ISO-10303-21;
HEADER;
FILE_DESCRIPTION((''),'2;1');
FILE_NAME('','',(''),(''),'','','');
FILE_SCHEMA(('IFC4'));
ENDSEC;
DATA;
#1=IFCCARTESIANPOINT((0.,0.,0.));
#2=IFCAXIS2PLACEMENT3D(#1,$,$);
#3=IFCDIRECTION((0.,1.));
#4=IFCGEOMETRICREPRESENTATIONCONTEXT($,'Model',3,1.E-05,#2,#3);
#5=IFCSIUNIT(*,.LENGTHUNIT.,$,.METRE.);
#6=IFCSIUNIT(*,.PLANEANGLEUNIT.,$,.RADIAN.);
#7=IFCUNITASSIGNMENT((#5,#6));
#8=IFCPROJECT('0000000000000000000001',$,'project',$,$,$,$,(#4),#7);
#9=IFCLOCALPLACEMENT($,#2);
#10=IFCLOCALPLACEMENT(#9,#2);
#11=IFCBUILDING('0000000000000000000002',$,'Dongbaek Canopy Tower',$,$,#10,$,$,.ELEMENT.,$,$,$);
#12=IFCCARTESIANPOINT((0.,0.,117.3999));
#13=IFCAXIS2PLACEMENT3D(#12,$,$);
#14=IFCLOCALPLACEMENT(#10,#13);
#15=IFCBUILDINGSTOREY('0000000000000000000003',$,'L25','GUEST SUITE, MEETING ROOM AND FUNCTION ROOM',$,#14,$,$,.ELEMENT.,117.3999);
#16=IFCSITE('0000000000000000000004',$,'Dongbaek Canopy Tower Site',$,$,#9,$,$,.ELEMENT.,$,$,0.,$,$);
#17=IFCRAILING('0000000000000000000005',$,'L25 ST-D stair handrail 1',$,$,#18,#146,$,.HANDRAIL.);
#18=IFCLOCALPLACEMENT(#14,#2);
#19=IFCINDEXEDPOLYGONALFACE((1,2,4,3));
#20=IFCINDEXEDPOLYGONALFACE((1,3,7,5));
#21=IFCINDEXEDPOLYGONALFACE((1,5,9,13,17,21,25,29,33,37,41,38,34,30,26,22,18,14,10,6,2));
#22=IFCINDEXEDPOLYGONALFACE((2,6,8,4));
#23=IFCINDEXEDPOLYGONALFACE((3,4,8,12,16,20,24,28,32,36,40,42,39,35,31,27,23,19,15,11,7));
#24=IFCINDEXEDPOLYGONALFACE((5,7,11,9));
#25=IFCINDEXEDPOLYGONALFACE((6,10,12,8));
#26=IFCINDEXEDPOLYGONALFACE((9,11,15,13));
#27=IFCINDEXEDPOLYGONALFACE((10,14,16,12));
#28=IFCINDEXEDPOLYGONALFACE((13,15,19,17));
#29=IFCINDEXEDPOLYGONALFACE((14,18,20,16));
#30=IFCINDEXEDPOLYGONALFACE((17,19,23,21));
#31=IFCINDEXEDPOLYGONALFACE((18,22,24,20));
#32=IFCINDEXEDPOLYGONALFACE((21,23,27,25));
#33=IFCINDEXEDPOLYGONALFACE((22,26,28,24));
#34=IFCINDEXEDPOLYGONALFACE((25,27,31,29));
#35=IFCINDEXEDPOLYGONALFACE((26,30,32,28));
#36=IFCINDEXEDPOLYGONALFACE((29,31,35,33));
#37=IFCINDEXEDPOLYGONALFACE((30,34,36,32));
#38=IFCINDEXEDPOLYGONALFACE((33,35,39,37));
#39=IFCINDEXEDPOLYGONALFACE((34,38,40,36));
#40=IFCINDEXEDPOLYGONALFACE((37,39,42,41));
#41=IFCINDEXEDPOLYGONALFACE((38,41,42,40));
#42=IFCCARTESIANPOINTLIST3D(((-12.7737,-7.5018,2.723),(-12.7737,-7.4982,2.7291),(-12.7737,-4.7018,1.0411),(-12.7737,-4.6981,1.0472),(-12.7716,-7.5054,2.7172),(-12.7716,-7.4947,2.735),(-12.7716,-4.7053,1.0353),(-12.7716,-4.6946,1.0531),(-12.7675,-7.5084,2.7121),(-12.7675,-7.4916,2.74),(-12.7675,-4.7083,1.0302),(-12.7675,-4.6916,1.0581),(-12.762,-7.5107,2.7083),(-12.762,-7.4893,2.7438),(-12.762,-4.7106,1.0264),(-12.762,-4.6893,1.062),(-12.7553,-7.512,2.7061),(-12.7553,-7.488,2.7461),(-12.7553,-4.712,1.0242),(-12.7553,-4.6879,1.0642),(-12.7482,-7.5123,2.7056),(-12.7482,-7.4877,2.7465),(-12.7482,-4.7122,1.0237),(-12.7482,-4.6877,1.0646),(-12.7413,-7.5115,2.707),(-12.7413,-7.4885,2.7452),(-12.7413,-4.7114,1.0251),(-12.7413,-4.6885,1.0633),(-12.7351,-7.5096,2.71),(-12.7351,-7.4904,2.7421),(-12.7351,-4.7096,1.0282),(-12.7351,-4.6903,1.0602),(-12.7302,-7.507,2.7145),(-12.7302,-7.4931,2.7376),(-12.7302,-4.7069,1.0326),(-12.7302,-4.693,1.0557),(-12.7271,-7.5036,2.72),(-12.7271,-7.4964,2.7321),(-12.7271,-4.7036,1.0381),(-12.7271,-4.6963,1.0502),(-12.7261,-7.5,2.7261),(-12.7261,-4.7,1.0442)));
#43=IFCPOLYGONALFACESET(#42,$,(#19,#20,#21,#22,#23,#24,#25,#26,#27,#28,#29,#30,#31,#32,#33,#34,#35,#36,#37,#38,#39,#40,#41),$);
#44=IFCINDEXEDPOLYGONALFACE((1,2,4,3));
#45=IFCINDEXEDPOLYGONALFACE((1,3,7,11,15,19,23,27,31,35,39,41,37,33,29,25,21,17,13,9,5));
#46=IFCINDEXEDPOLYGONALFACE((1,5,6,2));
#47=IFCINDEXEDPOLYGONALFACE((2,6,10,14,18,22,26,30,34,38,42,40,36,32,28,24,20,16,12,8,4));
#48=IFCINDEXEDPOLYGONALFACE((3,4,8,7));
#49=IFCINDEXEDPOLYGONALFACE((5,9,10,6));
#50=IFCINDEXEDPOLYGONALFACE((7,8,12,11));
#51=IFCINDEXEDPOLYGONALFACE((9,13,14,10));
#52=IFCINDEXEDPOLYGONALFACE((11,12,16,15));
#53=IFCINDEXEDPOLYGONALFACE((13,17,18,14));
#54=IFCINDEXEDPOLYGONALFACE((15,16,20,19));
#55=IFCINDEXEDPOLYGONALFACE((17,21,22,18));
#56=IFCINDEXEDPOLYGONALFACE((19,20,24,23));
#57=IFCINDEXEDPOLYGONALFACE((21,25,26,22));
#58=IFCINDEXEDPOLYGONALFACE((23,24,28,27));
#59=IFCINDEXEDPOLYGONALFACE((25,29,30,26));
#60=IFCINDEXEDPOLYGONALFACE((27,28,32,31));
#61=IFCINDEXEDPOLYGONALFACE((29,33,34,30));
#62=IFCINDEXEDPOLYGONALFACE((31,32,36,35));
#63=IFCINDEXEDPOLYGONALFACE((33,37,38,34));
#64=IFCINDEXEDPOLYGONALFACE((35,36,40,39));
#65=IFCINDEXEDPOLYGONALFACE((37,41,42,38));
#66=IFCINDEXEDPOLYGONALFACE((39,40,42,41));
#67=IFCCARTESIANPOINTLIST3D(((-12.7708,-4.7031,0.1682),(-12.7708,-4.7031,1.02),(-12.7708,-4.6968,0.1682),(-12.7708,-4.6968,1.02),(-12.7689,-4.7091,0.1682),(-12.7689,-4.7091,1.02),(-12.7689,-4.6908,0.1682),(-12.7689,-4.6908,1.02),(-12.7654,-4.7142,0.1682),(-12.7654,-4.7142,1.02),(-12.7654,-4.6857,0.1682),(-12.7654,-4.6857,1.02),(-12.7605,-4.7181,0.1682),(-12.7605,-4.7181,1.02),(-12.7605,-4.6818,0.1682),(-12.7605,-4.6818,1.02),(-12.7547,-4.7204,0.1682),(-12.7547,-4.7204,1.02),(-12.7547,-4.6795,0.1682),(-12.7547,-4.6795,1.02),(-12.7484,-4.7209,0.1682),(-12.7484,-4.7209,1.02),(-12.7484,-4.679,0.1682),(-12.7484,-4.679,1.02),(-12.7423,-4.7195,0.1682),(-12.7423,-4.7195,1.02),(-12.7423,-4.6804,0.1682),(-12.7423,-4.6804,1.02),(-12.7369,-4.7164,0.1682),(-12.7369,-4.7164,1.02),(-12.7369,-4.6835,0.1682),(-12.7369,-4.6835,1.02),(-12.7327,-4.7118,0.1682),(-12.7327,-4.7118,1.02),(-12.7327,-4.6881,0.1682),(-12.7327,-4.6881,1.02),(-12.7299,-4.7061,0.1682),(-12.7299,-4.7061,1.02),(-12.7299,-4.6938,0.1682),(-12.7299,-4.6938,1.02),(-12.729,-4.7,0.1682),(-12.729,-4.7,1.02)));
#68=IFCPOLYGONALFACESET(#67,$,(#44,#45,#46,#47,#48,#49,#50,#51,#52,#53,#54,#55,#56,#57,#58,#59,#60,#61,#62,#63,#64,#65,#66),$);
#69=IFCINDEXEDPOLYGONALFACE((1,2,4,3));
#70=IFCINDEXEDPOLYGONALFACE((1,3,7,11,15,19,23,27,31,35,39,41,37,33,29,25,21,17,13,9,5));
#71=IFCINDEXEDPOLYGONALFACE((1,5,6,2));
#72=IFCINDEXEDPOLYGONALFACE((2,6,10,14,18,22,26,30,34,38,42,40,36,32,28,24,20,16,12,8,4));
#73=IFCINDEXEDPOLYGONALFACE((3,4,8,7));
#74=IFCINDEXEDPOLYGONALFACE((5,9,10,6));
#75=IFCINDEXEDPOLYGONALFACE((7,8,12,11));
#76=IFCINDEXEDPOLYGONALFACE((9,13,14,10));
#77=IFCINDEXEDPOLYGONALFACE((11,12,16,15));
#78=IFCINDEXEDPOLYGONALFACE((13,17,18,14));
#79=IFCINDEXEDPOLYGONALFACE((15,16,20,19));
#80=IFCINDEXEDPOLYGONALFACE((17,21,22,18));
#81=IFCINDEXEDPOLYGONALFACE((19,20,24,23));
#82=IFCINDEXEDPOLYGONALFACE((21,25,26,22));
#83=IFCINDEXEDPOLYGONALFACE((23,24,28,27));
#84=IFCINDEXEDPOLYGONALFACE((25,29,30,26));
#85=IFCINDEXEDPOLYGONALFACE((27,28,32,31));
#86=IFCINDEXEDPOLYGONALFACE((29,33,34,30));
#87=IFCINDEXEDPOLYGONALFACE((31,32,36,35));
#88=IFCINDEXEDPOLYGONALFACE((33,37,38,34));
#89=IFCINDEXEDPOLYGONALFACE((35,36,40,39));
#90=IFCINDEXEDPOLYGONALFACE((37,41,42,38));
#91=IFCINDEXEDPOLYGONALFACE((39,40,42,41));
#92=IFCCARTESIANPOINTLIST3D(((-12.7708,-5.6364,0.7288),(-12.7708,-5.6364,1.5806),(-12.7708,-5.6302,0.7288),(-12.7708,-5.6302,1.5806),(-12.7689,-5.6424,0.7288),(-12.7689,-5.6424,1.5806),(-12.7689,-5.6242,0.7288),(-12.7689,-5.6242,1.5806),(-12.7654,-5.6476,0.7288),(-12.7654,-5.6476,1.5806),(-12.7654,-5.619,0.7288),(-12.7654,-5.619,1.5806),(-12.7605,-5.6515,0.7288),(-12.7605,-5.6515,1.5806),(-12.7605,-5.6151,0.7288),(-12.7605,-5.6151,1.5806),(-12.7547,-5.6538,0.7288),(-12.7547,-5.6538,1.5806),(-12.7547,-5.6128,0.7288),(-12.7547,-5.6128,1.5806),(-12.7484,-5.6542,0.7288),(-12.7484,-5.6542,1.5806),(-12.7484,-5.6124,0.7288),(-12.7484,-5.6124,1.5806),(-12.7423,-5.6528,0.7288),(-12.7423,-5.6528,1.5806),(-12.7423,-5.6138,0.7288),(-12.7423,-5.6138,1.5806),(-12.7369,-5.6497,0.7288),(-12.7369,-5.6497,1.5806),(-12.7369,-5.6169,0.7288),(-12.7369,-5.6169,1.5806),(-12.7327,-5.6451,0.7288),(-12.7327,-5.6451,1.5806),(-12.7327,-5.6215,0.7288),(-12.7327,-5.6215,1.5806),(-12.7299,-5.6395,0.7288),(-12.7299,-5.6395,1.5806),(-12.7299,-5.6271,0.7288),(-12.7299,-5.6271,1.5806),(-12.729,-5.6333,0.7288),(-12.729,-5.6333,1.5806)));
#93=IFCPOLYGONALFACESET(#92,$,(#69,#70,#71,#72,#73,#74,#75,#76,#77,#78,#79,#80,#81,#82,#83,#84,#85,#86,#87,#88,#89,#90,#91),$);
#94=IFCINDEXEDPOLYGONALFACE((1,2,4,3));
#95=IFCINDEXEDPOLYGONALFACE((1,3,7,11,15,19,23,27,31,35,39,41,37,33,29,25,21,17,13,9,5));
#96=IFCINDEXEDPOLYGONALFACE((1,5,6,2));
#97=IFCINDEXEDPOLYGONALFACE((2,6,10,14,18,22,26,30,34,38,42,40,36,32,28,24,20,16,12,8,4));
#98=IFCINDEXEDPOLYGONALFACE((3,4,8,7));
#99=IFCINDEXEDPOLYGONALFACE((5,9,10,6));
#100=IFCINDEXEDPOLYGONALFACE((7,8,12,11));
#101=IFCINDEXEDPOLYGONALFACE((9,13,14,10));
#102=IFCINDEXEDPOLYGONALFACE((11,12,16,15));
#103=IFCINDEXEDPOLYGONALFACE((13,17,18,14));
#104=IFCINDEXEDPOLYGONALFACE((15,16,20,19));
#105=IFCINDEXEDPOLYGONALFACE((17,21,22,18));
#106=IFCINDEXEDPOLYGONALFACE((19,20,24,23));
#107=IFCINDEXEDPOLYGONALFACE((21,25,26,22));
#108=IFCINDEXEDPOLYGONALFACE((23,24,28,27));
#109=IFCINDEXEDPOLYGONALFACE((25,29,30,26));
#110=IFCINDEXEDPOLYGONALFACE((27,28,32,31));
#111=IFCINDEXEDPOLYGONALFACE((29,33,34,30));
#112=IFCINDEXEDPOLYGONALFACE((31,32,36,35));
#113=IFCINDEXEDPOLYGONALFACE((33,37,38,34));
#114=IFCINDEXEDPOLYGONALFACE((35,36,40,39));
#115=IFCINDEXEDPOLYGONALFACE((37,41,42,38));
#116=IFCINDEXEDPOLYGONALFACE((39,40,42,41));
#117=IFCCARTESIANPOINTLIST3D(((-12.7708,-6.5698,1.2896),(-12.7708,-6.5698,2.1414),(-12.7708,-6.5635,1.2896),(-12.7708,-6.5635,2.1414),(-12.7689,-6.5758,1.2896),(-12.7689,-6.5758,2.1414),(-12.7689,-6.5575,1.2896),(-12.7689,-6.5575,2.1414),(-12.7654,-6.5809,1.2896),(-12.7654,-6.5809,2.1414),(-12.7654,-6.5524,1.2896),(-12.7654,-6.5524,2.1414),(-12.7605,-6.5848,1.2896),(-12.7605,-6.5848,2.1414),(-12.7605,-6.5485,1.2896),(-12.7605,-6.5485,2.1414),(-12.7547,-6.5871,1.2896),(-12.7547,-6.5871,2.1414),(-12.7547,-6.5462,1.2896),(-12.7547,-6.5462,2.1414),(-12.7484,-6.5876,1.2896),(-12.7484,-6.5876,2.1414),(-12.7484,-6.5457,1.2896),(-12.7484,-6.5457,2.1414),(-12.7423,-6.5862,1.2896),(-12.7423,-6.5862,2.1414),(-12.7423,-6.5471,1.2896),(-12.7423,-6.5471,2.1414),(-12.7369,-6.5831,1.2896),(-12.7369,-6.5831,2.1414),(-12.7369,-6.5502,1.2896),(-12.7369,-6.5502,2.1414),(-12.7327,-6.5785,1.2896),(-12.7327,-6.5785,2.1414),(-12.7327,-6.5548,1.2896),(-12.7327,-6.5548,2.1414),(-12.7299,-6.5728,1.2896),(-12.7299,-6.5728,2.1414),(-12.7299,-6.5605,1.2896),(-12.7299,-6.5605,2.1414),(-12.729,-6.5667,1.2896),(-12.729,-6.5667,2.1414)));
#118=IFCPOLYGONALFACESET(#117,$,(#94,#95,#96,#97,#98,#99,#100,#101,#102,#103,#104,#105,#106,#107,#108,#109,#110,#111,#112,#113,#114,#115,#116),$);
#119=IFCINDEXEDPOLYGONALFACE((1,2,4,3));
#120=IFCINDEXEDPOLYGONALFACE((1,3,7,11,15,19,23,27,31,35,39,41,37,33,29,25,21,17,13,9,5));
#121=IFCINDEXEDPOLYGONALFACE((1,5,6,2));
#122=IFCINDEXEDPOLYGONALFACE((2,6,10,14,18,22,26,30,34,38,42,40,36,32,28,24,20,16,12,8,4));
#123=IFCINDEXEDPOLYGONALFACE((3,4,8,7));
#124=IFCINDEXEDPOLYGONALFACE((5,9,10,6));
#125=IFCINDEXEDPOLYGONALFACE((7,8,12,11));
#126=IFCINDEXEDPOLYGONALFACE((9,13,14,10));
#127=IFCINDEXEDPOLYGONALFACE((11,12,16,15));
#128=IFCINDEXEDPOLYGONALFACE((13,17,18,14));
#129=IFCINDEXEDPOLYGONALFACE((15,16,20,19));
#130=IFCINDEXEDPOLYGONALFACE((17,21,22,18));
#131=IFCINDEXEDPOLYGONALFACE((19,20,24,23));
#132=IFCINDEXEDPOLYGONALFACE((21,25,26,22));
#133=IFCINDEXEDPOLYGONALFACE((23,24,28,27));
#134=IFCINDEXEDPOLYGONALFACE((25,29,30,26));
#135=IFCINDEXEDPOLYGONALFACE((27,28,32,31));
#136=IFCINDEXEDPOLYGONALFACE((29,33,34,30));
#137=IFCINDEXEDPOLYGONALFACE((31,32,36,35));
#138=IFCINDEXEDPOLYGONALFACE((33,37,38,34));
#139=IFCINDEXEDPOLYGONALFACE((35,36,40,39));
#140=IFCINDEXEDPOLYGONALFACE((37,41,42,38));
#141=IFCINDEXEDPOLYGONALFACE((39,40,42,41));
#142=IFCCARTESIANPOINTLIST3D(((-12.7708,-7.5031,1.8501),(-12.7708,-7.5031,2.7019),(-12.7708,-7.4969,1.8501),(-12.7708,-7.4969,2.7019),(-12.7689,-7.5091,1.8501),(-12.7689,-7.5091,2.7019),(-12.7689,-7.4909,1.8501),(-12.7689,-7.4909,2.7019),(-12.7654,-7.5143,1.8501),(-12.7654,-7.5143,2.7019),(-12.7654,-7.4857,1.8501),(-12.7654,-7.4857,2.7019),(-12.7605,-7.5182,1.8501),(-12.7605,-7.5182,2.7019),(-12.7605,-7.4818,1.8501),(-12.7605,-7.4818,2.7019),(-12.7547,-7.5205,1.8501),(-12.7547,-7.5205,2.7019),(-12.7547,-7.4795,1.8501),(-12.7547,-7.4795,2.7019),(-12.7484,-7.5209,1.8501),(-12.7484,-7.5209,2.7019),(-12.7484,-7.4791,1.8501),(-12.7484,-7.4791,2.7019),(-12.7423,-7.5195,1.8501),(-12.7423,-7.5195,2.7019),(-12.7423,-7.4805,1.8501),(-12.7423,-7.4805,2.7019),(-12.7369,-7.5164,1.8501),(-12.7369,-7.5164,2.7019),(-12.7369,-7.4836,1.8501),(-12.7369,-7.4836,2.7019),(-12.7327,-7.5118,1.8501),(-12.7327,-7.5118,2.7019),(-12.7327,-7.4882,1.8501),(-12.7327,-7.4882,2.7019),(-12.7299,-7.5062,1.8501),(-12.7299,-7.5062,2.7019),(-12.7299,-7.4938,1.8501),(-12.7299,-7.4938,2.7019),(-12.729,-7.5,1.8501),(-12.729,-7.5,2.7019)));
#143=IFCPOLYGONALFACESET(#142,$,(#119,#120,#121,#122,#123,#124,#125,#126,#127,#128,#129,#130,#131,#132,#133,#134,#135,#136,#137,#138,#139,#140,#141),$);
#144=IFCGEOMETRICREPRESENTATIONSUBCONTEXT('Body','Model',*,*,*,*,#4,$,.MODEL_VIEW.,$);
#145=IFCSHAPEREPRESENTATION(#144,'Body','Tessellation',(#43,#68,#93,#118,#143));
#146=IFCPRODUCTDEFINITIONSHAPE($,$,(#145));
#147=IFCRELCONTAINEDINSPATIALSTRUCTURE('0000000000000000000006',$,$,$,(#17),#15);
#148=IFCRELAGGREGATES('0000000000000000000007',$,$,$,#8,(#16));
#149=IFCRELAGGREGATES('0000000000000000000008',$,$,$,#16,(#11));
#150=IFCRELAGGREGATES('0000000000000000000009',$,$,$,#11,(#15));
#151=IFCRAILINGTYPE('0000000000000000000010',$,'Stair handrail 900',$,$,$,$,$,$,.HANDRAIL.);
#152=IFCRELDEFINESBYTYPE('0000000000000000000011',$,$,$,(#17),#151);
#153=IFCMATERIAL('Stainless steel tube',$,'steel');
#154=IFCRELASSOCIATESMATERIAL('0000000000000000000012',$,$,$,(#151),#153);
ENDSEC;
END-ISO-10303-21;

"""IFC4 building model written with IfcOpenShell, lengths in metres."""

from ifc_helpers import new_model, si_unit, direction, frame, origin, origin_2d, place, context, subcontext, project, spatial, circle, extrude, material, type_object, element, save


model = new_model("IFC4")

# Units and contexts
model_context = context("Model", 3, precision=1e-05, world=origin(), true_north=direction((0.0, 1.0)))
body_context = subcontext(model_context, "Body", "Model", "MODEL_VIEW")
ifc_project = project(units=[si_unit("LENGTHUNIT", "METRE"), si_unit("PLANEANGLEUNIT", "RADIAN")], contexts=[model_context])

# Site, building, storey
site_placement = place(None, origin())
site = spatial("IfcSite", under=ifc_project, at=site_placement, Name="Dongbaek Canopy Tower Site", CompositionType="ELEMENT", RefElevation=0.0)
building_placement = place(site_placement, origin())
building = spatial("IfcBuilding", under=site, at=building_placement, Name="Dongbaek Canopy Tower", CompositionType="ELEMENT")
storey_placement = place(building_placement, frame((0.0, 0.0, 117.3999)))
storey = spatial("IfcBuildingStorey", under=building, at=storey_placement, Name="L25", Description="GUEST SUITE, MEETING ROOM AND FUNCTION ROOM", CompositionType="ELEMENT", Elevation=117.3999)

# Railing
ifc_material_1 = material(Name="Stainless steel tube", Category="steel")
railing_type_1 = type_object("IfcRailingType", Name="Stair handrail 900", PredefinedType="HANDRAIL", material=ifc_material_1)
railing_1_placement = place(storey_placement, frame((-12.75, -4.7, 0.1682)))
element("IfcRailing", 1, at=railing_1_placement, inside=storey, type_object=railing_type_1, Name="L25 ST-D stair handrail 1", PredefinedType="HANDRAIL", context=body_context, shape_type="SweptSolid", body=[
    extrude(circle(Radius=0.0239, at=origin_2d()), frame((0.0, 0.0, 0.876), z_axis=(0.0, -0.857242, 0.514913), x_axis=(1.0, 0.0, 0.0)), (0.0, 0.0, 1.0), 3.2664),
    extrude(circle(Radius=0.021, at=origin_2d()), origin(), (0.0, 0.0, 1.0), 0.8518),
    extrude(circle(Radius=0.021, at=origin_2d()), frame((0.0, -0.9333, 0.5605)), (0.0, 0.0, 1.0), 0.8518),
    extrude(circle(Radius=0.021, at=origin_2d()), frame((0.0, -1.8667, 1.1213)), (0.0, 0.0, 1.0), 0.8518),
    extrude(circle(Radius=0.021, at=origin_2d()), frame((0.0, -2.8, 1.6819)), (0.0, 0.0, 1.0), 0.8518),
])

save(model, "model.ifc")
